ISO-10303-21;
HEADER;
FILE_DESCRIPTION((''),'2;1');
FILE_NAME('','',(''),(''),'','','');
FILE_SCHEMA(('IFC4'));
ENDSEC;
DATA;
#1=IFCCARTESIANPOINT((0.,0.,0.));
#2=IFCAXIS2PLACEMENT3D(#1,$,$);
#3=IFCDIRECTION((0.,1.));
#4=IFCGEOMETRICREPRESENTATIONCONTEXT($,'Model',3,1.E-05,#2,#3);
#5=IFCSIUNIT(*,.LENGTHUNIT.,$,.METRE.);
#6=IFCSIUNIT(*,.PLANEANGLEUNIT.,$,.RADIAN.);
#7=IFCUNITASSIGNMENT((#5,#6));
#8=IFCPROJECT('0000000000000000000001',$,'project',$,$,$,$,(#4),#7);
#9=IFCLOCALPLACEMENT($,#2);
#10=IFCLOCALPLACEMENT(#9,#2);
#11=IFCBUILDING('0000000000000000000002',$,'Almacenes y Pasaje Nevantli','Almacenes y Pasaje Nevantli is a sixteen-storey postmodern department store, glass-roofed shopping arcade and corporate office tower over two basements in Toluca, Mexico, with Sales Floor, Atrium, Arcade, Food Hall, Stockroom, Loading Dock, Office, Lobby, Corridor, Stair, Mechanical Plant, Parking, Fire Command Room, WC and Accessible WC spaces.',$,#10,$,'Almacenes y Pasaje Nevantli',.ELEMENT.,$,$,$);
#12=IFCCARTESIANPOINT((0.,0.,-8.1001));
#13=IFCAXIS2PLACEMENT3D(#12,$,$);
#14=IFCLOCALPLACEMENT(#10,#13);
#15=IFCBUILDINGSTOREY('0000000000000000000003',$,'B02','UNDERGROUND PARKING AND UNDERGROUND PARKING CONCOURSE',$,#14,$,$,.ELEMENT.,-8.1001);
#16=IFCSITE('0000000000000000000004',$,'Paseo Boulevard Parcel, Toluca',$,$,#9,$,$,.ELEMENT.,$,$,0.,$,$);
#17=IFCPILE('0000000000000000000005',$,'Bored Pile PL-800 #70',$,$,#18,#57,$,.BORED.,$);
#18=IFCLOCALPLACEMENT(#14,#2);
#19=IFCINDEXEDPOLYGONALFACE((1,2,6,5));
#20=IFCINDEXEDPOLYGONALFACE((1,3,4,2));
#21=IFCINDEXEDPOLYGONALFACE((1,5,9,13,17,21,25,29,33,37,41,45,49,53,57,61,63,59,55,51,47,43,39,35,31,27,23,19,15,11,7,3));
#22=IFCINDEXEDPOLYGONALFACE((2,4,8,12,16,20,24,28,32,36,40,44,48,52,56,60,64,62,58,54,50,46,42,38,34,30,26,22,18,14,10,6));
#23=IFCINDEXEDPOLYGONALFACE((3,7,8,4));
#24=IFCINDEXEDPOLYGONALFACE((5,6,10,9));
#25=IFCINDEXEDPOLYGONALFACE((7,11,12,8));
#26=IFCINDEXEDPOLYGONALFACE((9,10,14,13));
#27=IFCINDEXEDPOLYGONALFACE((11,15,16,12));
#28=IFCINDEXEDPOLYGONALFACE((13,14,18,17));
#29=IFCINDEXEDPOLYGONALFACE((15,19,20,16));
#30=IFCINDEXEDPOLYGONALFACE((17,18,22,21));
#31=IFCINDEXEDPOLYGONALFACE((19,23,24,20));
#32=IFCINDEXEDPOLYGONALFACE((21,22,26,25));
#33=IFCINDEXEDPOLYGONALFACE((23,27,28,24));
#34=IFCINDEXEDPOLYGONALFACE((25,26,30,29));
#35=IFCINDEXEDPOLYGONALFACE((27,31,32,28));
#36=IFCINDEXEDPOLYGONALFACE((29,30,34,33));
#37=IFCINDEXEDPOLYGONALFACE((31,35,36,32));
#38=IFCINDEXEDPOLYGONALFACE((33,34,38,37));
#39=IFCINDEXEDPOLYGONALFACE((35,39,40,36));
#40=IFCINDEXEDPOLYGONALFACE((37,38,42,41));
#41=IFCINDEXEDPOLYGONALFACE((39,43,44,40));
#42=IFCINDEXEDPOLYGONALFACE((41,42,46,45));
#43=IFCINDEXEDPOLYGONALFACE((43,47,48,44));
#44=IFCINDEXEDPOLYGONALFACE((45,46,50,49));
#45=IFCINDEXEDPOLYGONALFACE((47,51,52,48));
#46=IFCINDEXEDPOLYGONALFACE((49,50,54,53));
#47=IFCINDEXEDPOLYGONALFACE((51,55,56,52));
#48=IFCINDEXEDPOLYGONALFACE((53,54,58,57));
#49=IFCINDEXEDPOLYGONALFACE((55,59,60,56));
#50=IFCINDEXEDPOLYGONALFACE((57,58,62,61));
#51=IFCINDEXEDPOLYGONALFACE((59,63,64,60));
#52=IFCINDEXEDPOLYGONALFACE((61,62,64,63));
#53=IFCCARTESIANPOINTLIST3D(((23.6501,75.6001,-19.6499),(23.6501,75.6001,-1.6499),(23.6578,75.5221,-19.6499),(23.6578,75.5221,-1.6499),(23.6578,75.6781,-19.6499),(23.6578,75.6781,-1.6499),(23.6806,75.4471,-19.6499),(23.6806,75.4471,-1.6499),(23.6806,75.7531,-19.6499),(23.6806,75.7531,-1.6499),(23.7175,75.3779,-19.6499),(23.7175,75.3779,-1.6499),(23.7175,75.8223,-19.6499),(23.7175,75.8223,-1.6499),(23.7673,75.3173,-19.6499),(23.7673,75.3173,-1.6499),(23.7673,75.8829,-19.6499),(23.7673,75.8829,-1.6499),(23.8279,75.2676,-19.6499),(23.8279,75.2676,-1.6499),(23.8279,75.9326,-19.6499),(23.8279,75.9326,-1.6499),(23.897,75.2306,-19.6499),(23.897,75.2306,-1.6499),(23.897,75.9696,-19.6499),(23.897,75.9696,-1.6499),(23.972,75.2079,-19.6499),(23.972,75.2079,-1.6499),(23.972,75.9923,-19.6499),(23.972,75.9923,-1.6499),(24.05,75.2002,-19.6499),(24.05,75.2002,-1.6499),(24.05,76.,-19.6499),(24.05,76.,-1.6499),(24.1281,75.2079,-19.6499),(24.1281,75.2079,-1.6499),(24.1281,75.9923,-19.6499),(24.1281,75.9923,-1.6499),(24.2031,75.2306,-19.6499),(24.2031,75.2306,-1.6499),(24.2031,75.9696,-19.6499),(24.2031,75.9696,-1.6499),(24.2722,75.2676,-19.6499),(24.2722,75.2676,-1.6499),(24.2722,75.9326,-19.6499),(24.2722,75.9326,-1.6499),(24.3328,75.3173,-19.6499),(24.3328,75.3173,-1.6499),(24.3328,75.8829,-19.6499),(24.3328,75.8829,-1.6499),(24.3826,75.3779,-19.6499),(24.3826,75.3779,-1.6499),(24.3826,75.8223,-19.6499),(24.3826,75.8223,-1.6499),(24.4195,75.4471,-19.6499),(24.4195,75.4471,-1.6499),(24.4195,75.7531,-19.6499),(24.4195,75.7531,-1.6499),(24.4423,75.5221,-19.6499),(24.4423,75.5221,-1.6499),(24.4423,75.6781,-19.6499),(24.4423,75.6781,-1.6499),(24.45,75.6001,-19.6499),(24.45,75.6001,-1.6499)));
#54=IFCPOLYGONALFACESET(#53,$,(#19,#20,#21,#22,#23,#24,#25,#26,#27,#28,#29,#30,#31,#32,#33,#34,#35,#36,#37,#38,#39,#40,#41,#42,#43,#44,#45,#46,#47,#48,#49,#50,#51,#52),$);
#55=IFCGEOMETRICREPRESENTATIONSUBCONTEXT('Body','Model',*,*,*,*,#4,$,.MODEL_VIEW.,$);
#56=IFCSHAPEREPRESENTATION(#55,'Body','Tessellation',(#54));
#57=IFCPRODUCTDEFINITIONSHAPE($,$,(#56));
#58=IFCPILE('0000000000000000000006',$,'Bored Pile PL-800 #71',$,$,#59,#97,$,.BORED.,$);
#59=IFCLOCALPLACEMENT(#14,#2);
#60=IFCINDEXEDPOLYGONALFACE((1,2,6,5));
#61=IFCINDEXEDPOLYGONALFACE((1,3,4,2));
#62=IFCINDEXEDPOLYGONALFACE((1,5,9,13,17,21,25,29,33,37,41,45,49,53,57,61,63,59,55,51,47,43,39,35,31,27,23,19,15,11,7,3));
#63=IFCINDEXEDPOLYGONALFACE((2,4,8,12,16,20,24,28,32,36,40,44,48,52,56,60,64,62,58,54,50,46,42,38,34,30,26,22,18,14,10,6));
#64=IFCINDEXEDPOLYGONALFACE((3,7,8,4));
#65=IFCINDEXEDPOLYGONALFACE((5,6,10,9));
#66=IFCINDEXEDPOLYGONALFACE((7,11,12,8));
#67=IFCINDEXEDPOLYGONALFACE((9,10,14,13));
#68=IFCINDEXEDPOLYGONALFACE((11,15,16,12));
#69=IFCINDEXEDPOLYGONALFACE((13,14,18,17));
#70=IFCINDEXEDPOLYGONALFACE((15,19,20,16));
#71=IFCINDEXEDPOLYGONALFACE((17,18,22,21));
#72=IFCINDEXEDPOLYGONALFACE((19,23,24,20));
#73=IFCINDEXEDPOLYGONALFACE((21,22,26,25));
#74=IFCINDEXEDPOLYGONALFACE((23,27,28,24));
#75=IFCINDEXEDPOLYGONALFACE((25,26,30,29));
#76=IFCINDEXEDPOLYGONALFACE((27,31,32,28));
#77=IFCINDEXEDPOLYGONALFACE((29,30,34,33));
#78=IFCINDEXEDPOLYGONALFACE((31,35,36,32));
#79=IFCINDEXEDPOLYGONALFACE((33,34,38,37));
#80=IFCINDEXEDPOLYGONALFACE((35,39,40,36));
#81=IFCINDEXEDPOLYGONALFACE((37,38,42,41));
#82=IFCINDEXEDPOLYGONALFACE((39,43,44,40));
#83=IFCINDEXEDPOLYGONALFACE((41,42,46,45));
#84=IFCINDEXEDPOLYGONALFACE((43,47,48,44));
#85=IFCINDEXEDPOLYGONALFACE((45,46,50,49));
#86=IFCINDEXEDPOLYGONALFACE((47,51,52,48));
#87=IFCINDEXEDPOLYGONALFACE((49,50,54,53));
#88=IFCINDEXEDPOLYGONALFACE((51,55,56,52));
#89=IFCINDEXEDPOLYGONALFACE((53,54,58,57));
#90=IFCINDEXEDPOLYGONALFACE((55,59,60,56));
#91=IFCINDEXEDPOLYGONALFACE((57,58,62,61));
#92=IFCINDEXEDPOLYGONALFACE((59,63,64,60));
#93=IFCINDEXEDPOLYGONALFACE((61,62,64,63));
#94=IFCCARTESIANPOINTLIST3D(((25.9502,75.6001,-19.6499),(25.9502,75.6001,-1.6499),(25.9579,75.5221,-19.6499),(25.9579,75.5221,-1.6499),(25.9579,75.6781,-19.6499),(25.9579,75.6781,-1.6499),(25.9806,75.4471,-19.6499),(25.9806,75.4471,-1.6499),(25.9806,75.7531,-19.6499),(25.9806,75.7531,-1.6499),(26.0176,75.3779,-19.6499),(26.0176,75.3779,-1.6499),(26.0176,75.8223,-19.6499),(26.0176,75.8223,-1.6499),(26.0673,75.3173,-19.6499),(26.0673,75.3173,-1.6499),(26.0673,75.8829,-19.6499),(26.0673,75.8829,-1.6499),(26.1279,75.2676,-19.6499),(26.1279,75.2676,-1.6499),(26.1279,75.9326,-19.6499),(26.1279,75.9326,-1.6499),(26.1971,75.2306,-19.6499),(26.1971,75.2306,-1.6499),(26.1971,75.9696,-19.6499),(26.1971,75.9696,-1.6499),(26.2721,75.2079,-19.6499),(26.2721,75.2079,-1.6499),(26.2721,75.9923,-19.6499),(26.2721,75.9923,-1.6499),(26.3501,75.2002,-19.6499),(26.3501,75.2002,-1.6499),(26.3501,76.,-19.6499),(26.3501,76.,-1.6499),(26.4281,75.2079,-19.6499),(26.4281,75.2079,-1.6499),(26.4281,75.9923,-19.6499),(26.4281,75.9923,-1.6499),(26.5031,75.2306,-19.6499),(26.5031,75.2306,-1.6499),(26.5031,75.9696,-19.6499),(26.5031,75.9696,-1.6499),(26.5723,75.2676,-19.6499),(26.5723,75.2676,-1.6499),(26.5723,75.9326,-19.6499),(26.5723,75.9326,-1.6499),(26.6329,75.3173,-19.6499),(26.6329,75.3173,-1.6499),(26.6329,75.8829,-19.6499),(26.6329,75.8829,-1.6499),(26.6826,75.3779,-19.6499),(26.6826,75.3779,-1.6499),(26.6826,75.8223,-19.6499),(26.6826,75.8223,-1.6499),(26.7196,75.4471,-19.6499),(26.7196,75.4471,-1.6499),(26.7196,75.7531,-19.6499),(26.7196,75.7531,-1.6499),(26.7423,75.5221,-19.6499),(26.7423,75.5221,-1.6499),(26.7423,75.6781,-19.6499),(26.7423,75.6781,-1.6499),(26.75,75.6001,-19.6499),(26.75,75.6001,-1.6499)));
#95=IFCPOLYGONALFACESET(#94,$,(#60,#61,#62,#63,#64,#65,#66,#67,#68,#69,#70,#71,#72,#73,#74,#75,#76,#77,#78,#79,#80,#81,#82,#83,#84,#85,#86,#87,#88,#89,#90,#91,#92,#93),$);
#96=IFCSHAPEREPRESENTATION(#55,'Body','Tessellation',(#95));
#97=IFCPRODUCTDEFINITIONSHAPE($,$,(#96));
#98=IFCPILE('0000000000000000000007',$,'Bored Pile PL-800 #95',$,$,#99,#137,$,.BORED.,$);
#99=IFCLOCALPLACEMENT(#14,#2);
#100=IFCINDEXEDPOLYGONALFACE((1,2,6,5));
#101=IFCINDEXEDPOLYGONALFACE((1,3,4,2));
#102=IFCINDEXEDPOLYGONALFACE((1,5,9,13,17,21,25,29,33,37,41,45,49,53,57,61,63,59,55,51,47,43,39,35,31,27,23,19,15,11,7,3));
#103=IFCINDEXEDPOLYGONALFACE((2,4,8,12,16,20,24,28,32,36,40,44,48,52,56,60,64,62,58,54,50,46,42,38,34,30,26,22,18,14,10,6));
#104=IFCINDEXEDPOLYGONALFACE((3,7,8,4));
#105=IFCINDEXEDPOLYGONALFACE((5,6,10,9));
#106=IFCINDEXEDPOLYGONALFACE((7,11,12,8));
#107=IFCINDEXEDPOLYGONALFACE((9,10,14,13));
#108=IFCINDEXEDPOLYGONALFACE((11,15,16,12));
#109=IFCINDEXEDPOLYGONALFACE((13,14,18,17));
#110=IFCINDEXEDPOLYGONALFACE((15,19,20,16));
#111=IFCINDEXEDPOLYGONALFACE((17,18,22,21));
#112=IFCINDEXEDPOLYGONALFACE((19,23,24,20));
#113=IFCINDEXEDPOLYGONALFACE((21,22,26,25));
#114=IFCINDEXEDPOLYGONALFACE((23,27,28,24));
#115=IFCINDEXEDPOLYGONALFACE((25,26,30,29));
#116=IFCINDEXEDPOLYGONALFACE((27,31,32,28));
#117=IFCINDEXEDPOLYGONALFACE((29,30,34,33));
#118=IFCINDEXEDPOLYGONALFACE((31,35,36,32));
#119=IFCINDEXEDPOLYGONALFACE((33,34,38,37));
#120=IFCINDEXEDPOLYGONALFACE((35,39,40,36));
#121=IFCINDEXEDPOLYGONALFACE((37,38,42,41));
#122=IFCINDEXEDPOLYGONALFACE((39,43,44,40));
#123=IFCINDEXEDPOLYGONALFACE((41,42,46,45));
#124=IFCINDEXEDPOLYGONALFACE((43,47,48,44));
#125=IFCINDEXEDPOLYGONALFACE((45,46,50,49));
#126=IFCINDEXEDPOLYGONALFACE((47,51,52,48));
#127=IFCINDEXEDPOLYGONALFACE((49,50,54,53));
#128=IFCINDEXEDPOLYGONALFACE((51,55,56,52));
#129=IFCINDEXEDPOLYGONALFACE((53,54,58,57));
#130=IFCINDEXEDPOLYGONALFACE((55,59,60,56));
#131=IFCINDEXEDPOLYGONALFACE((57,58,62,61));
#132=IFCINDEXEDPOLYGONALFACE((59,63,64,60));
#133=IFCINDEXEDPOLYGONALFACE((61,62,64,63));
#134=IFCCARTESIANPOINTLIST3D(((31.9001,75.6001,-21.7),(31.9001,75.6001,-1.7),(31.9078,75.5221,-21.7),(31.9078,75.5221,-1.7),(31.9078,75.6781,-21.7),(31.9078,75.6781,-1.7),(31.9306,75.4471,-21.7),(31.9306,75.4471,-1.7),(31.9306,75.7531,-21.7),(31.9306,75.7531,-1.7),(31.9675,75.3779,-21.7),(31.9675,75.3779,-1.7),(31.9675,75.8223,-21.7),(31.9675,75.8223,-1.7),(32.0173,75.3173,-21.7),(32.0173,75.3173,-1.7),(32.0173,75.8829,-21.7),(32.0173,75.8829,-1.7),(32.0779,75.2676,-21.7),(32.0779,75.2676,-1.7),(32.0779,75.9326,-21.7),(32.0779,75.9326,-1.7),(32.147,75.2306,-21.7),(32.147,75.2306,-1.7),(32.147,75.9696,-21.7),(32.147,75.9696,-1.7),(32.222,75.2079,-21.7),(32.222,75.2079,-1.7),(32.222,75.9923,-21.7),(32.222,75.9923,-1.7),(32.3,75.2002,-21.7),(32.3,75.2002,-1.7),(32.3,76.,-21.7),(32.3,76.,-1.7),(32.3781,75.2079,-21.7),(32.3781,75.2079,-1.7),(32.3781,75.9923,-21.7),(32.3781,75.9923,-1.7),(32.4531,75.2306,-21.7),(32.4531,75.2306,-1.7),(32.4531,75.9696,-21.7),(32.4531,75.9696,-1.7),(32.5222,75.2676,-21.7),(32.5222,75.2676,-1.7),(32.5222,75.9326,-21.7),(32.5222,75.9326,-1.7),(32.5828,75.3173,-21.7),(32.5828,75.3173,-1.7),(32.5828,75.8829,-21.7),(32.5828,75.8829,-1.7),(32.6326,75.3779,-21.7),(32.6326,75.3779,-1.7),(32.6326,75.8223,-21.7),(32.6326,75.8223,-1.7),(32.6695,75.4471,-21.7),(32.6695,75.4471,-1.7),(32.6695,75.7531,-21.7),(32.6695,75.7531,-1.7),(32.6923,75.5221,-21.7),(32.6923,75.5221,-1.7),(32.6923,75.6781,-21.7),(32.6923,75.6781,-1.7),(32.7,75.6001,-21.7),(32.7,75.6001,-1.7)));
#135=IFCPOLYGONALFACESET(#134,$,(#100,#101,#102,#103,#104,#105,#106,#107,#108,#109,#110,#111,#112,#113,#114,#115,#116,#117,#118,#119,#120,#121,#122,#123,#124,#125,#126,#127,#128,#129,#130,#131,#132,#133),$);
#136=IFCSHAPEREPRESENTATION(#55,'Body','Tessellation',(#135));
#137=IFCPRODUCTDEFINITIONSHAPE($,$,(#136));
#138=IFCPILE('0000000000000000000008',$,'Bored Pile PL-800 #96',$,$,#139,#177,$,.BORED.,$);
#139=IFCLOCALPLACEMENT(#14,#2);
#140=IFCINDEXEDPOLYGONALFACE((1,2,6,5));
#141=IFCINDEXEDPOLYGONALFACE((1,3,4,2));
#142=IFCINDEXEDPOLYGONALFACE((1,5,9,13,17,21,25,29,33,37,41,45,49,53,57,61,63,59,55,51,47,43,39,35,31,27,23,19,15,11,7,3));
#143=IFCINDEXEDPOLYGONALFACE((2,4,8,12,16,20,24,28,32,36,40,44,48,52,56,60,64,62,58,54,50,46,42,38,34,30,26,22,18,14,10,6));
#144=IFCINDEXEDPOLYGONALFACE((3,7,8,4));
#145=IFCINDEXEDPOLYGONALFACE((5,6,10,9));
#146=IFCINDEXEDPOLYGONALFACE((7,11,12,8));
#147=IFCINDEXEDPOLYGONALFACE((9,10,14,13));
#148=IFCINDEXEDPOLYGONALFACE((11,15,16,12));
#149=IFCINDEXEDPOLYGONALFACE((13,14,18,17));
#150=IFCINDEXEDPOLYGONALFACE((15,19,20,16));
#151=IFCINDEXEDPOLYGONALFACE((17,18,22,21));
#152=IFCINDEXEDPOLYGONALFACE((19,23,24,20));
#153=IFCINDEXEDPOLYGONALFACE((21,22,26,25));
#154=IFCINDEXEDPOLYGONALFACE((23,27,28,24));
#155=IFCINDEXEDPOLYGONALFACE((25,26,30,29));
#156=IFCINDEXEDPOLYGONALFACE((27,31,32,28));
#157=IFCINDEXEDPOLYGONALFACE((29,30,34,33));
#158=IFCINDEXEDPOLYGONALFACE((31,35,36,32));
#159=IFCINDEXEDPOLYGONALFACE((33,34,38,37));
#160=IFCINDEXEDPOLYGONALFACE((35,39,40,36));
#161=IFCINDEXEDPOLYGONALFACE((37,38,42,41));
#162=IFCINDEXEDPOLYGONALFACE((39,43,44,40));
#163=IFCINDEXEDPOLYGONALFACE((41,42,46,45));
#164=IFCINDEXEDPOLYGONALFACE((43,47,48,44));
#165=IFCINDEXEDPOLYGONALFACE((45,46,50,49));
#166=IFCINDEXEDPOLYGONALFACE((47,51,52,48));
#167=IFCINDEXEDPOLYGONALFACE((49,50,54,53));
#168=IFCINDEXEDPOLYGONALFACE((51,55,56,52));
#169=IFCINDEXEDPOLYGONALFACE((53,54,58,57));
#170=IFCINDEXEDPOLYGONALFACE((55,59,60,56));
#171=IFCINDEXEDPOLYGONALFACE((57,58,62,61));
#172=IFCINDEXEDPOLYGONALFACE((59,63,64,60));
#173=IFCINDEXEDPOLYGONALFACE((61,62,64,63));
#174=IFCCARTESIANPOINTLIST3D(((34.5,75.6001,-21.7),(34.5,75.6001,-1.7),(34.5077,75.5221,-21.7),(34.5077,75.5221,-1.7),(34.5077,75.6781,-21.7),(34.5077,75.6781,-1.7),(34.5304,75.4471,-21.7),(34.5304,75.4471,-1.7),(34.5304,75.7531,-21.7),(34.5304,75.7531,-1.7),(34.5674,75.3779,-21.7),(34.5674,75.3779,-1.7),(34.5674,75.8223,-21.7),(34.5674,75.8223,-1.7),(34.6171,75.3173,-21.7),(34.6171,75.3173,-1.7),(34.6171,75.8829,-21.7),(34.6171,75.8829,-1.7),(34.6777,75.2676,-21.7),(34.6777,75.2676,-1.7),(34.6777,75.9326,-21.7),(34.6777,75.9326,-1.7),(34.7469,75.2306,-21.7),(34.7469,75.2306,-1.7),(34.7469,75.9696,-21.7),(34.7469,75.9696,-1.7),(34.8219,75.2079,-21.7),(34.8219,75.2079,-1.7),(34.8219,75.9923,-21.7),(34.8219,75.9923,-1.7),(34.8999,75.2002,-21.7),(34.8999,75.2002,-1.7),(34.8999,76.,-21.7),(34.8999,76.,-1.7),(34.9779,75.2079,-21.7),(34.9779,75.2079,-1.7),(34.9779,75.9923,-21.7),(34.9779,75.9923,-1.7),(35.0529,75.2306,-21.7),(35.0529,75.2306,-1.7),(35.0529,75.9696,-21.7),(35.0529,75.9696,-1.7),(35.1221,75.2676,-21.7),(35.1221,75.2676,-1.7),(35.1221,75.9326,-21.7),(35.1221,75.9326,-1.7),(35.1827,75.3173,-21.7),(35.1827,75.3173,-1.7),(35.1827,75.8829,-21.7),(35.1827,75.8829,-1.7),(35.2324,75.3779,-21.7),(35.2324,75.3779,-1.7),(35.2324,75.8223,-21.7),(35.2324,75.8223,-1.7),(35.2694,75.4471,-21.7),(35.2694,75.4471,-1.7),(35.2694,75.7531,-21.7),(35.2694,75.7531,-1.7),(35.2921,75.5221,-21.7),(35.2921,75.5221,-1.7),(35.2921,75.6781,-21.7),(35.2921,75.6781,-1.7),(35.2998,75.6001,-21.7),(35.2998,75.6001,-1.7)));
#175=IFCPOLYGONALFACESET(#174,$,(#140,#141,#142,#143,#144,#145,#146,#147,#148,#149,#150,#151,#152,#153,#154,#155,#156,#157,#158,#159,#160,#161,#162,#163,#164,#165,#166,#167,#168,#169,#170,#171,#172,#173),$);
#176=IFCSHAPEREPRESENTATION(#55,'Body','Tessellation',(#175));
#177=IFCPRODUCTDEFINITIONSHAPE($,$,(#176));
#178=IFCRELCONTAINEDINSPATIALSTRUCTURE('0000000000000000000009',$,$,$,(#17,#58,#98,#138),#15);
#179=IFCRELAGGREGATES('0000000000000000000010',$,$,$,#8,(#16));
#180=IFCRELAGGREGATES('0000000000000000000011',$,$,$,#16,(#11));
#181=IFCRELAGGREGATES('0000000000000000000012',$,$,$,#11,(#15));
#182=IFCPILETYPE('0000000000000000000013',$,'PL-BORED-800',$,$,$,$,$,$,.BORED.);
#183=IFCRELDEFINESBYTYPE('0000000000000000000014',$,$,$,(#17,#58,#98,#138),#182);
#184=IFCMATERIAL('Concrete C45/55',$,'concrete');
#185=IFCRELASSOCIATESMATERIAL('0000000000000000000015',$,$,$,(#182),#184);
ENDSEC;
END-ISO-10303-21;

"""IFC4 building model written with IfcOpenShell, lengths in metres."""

from ifc_helpers import new_model, si_unit, direction, frame, origin, origin_2d, place, context, subcontext, project, spatial, circle, extrude, material, material_profile, profile_set, type_object, element, save


model = new_model("IFC4")

# Units and contexts
model_context = context("Model", 3, precision=1e-05, world=origin(), true_north=direction((0.0, 1.0)))
body_context = subcontext(model_context, "Body", "Model", "MODEL_VIEW")
ifc_project = project(units=[si_unit("LENGTHUNIT", "METRE"), si_unit("PLANEANGLEUNIT", "RADIAN")], contexts=[model_context])

# Site, building, storey
site_placement = place(None, origin())
site = spatial("IfcSite", under=ifc_project, at=site_placement, Name="Paseo Boulevard Parcel, Toluca", CompositionType="ELEMENT", RefElevation=0.0)
building_placement = place(site_placement, origin())
building = spatial("IfcBuilding", under=site, at=building_placement, Name="Almacenes y Pasaje Nevantli", Description="Almacenes y Pasaje Nevantli is a sixteen-storey postmodern department store, glass-roofed shopping arcade and corporate office tower over two basements in Toluca, Mexico, with Sales Floor, Atrium, Arcade, Food Hall, Stockroom, Loading Dock, Office, Lobby, Corridor, Stair, Mechanical Plant, Parking, Fire Command Room, WC and Accessible WC spaces.", LongName="Almacenes y Pasaje Nevantli", CompositionType="ELEMENT")
storey_placement = place(building_placement, frame((0.0, 0.0, -8.1001)))
storey = spatial("IfcBuildingStorey", under=building, at=storey_placement, Name="B02", Description="UNDERGROUND PARKING AND UNDERGROUND PARKING CONCOURSE", CompositionType="ELEMENT", Elevation=-8.1001)

# Piles
ifc_material_1 = material(Name="Concrete C45/55", Category="concrete")
ifc_material_profile_1 = material_profile(ifc_material_1, circle(Radius=0.3999, at=origin_2d()), Name="RC-PILE-D800")
ifc_profile_set_1 = profile_set([ifc_material_profile_1], Name="Concrete C45/55")
pile_type_1 = type_object("IfcPileType", Name="PL-BORED-800", PredefinedType="BORED", material=ifc_profile_set_1)
for number, where, z_axis, x_axis, name in (
    (1, (24.05, 75.6001, -1.6499), (0.0, 0.0, -1.0), (1.0, 0.0, 0.0), "Bored Pile PL-800 #70"),
    (2, (26.3501, 75.6001, -1.6499), (0.0, 0.0, -1.0), (1.0, 0.0, 0.0), "Bored Pile PL-800 #71"),
):
    element("IfcPile", number, at=place(storey_placement, frame(where, z_axis=z_axis, x_axis=x_axis)), inside=storey, type_object=pile_type_1, Name=name, PredefinedType="BORED", context=body_context, shape_type="SweptSolid", body=[
        extrude(circle(Radius=0.3999, at=origin_2d()), origin(), (0.0, 0.0, 1.0), 18.0),
    ])
for number, where, z_axis, x_axis, name in (
    (3, (32.3, 75.6001, -1.7), (0.0, 0.0, -1.0), (1.0, 0.0, 0.0), "Bored Pile PL-800 #95"),
    (4, (34.8999, 75.6001, -1.7), (0.0, 0.0, -1.0), (1.0, 0.0, 0.0), "Bored Pile PL-800 #96"),
):
    element("IfcPile", number, at=place(storey_placement, frame(where, z_axis=z_axis, x_axis=x_axis)), inside=storey, type_object=pile_type_1, Name=name, PredefinedType="BORED", context=body_context, shape_type="SweptSolid", body=[
        extrude(circle(Radius=0.3999, at=origin_2d()), origin(), (0.0, 0.0, 1.0), 20.0),
    ])

save(model, "model.ifc")
